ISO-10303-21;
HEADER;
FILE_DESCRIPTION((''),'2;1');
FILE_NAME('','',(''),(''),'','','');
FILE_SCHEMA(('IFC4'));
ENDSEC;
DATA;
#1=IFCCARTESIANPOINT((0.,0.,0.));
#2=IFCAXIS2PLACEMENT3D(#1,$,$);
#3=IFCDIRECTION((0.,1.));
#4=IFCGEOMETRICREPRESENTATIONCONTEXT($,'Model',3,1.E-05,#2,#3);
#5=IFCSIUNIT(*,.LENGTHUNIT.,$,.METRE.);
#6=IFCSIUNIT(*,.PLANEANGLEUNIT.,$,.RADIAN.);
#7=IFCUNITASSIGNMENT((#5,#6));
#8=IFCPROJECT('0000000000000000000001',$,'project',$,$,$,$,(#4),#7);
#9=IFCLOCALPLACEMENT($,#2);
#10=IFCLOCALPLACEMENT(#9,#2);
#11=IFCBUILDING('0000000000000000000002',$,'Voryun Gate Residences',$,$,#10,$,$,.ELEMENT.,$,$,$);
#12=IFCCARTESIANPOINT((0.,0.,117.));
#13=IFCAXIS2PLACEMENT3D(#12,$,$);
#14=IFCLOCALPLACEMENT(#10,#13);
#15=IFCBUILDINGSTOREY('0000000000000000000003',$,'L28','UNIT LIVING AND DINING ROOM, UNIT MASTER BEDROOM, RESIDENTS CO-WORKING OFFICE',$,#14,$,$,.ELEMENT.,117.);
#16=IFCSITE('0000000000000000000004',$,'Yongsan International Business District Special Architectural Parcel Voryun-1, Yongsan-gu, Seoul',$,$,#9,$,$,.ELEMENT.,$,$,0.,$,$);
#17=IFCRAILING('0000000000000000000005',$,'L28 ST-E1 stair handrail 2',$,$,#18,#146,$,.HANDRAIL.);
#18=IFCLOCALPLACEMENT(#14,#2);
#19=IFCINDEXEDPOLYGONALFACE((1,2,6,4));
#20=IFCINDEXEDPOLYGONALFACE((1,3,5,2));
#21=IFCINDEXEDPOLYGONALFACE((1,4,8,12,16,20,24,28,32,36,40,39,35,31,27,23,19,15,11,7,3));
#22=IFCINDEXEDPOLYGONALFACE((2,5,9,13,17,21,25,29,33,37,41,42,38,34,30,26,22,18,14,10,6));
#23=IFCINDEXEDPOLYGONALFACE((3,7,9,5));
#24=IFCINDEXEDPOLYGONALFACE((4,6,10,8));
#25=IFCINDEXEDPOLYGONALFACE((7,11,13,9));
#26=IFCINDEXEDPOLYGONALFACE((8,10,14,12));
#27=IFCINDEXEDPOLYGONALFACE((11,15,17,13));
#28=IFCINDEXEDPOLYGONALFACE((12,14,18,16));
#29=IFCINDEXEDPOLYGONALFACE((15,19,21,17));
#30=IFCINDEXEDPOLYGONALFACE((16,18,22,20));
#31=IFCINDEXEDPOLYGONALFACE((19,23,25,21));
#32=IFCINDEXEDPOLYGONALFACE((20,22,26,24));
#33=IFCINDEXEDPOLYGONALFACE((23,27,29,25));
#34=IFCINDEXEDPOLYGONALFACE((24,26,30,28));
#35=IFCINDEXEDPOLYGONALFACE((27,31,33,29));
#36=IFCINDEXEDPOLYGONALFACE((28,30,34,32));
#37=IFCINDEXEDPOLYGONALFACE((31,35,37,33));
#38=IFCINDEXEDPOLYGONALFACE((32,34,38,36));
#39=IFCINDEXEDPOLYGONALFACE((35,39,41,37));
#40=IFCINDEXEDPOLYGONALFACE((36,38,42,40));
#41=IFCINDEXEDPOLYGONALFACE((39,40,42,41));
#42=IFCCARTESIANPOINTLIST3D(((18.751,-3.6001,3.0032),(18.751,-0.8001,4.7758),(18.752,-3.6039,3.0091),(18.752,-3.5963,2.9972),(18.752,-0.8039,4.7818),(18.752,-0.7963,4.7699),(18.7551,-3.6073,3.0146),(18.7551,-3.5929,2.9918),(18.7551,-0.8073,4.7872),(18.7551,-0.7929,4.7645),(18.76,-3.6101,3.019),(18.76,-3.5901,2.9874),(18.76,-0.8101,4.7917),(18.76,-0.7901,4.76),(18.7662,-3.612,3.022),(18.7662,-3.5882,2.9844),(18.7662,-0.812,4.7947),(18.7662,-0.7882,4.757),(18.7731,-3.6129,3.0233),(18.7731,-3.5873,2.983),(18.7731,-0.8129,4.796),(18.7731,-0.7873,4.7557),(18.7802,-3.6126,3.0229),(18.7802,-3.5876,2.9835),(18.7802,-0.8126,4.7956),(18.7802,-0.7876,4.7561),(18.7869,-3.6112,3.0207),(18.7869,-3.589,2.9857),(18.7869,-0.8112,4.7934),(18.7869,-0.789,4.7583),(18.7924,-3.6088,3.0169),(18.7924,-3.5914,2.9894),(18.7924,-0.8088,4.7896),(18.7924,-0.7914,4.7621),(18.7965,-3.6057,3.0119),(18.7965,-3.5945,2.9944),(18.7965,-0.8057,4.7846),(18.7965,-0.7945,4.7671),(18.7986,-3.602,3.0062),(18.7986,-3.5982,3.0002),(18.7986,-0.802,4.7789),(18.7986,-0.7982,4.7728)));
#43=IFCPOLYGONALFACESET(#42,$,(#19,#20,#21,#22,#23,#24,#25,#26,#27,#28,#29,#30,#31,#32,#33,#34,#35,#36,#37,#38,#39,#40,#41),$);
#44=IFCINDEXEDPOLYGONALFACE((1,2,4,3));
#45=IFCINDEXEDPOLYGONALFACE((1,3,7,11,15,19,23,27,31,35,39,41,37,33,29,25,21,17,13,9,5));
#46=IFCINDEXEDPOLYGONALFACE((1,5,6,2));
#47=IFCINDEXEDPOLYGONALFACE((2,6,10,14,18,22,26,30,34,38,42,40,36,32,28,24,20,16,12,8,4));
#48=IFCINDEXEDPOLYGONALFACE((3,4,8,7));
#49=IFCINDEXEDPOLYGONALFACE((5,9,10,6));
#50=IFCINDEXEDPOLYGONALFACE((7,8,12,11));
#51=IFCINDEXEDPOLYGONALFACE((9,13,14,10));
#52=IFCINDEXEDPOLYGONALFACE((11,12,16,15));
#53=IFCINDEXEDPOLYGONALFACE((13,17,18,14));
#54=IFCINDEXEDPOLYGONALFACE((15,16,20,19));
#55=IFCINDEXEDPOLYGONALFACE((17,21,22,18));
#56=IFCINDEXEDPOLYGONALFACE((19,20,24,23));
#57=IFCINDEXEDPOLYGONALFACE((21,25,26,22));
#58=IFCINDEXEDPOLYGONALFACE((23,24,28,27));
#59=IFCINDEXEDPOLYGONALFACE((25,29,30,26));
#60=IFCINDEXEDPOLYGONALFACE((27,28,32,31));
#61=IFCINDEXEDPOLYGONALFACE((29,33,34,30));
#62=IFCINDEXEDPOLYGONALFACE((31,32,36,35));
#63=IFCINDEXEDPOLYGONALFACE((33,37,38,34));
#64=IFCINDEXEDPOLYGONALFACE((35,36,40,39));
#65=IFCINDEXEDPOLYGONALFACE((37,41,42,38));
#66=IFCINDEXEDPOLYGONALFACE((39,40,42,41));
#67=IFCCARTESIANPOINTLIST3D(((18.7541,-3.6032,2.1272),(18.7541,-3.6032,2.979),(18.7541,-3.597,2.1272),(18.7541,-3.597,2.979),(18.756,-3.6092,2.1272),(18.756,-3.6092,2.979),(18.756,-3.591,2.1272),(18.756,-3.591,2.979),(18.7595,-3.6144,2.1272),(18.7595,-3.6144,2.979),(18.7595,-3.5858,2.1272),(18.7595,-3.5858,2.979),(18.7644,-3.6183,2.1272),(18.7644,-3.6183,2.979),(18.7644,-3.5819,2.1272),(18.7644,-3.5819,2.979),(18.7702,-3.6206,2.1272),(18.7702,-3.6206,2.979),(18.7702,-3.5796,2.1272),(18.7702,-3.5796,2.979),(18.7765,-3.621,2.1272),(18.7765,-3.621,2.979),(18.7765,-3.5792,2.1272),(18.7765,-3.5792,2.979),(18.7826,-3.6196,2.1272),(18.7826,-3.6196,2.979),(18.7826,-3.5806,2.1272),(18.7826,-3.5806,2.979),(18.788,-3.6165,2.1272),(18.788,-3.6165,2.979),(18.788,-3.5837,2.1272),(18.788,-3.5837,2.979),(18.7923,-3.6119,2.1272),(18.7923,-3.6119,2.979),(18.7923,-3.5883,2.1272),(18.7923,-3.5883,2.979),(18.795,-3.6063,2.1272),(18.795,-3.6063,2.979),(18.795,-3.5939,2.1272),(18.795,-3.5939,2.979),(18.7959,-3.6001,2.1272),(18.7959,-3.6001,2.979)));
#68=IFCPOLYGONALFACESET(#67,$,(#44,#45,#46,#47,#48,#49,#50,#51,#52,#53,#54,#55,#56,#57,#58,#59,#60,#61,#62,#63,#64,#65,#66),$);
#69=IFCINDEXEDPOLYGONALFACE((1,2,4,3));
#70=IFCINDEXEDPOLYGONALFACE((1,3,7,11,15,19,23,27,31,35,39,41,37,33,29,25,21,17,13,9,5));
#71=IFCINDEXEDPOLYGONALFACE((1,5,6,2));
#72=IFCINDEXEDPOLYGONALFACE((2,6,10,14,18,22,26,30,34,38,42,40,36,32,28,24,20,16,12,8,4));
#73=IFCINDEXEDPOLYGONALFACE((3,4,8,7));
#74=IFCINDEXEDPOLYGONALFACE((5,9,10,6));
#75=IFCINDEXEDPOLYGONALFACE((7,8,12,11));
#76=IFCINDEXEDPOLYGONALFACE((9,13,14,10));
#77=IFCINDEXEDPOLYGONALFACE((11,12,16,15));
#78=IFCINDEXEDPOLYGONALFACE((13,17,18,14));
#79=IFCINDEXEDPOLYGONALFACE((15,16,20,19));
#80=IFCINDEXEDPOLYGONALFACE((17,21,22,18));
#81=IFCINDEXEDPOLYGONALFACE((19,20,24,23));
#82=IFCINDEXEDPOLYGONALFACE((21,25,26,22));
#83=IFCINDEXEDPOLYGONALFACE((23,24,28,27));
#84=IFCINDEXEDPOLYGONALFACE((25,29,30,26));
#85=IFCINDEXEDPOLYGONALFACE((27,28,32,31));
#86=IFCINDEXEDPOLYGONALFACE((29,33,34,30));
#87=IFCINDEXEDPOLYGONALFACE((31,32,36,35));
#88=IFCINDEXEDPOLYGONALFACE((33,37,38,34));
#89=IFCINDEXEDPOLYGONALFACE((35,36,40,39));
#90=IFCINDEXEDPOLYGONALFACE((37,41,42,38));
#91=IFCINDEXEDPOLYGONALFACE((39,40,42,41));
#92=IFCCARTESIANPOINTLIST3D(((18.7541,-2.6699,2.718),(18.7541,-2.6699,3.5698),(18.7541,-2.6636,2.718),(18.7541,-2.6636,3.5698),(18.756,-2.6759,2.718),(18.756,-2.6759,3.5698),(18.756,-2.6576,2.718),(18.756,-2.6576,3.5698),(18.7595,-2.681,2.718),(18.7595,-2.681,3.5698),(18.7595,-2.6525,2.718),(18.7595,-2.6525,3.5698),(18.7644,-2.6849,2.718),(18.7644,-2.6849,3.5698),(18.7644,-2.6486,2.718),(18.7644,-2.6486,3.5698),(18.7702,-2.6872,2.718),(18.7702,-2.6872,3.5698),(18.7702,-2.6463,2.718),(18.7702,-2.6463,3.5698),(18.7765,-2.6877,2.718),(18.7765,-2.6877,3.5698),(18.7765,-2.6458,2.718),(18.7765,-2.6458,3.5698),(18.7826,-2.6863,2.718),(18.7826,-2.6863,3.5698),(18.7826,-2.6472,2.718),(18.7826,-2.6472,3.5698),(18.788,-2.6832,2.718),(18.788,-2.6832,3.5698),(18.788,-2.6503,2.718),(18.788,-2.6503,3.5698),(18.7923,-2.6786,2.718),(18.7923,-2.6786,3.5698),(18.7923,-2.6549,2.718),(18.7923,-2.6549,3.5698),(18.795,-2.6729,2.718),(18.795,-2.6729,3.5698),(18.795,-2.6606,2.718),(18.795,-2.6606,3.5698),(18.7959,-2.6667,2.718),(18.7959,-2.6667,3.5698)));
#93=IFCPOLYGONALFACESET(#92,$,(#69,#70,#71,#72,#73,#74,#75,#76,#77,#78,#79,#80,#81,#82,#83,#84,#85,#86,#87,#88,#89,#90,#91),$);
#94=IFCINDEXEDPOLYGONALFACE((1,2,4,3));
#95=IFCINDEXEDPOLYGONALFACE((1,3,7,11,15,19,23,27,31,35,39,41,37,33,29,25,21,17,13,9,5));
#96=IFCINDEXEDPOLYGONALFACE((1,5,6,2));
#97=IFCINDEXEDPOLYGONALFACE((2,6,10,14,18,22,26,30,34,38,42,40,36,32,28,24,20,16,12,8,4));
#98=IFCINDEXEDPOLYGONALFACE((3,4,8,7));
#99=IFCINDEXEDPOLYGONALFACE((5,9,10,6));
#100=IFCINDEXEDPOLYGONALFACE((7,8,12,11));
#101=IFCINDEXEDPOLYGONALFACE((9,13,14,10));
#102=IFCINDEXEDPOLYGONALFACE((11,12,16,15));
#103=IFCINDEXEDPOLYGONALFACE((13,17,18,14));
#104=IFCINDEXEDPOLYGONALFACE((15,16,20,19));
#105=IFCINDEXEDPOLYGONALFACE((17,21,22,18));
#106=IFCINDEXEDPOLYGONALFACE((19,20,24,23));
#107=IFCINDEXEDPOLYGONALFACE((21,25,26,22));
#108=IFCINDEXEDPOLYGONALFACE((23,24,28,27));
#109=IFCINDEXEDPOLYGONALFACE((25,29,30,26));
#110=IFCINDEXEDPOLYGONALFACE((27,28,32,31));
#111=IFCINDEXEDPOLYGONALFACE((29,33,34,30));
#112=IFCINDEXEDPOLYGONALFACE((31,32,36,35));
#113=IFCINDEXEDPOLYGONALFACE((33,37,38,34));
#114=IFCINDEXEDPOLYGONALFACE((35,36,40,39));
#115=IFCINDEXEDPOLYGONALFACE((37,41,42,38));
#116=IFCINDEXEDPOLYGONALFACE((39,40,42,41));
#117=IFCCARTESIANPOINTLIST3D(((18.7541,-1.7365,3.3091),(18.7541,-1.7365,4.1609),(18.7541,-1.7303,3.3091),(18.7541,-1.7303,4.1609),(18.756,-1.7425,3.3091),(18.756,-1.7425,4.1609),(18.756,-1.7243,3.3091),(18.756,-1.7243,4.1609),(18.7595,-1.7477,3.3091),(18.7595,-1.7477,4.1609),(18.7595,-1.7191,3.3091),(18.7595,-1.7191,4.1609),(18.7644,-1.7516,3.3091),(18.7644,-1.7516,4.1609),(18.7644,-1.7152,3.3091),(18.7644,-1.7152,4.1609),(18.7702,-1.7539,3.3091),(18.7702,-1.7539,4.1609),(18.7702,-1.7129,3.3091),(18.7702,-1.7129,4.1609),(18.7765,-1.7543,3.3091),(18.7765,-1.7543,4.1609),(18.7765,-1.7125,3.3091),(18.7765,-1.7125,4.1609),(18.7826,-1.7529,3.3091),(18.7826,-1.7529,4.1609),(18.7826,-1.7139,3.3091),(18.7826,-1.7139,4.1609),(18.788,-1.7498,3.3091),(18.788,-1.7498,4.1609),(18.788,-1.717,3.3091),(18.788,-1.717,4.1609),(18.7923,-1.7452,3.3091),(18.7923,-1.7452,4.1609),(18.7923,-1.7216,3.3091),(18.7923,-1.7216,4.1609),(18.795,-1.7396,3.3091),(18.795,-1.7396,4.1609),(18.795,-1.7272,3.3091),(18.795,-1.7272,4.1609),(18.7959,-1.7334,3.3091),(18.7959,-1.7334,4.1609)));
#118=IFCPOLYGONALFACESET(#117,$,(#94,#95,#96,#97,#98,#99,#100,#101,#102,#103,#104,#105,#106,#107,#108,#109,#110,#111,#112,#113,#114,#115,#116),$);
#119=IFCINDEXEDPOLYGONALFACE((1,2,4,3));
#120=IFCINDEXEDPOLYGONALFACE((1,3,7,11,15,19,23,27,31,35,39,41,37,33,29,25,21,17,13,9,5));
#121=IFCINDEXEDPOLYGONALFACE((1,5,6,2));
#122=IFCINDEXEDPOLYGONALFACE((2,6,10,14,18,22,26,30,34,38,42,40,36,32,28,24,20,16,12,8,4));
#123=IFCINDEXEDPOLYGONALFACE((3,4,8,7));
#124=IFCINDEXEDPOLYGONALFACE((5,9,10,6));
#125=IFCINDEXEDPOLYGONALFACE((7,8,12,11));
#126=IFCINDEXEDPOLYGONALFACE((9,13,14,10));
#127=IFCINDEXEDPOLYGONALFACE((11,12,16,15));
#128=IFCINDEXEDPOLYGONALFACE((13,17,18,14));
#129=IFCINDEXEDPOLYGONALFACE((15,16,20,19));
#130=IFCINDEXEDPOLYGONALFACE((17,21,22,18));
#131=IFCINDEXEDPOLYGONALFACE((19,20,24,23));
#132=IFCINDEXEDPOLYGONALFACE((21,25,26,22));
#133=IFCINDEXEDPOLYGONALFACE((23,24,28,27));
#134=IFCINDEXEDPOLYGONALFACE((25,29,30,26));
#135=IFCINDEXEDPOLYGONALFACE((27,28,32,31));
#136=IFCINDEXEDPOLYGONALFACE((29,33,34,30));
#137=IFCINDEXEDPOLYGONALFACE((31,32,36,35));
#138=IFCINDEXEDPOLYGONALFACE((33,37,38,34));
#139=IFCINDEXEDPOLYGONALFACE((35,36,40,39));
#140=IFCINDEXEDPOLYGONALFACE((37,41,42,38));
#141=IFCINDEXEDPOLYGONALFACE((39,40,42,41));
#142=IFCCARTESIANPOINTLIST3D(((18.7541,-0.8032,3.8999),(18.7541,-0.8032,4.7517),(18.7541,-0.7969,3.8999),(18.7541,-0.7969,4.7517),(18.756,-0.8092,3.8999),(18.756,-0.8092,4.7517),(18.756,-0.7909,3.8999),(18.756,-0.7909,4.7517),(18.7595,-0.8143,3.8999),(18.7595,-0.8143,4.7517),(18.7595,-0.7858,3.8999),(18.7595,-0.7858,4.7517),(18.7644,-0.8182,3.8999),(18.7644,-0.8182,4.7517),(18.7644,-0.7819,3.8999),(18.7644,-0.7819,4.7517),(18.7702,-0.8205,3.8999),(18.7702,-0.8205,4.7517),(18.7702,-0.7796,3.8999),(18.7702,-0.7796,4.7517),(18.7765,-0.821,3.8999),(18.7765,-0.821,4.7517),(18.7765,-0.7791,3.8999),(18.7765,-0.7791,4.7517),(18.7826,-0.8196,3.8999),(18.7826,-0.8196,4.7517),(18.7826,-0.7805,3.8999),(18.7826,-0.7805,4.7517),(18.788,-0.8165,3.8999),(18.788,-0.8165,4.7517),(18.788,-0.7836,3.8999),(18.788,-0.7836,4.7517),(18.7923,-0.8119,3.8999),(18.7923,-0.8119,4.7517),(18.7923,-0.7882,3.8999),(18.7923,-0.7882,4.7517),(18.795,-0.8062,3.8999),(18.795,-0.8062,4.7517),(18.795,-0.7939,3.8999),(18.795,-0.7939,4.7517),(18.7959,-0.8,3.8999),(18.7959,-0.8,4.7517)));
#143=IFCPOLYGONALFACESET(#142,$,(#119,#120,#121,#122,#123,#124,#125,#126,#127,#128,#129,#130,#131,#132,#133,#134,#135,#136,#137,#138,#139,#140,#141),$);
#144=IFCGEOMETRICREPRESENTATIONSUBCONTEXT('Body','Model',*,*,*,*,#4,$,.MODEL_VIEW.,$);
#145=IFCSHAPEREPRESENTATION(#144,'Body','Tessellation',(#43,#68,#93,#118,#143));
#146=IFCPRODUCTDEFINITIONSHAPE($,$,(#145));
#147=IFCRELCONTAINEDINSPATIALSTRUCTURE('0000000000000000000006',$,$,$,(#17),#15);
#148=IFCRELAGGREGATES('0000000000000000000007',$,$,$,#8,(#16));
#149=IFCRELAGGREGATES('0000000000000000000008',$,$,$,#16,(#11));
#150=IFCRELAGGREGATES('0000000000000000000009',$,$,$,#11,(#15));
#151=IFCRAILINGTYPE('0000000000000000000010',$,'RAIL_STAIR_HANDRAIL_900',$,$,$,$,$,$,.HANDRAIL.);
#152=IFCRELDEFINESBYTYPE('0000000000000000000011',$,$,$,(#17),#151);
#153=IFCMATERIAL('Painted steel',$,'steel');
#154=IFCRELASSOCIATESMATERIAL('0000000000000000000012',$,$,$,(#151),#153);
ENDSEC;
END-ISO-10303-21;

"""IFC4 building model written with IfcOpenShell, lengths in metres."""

from ifc_helpers import new_model, si_unit, direction, frame, origin, origin_2d, place, context, subcontext, project, spatial, circle, extrude, material, type_object, element, save


model = new_model("IFC4")

# Units and contexts
model_context = context("Model", 3, precision=1e-05, world=origin(), true_north=direction((0.0, 1.0)))
body_context = subcontext(model_context, "Body", "Model", "MODEL_VIEW")
ifc_project = project(units=[si_unit("LENGTHUNIT", "METRE"), si_unit("PLANEANGLEUNIT", "RADIAN")], contexts=[model_context])

# Site, building, storey
site_placement = place(None, origin())
site = spatial("IfcSite", under=ifc_project, at=site_placement, Name="Yongsan International Business District Special Architectural Parcel Voryun-1, Yongsan-gu, Seoul", CompositionType="ELEMENT", RefElevation=0.0)
building_placement = place(site_placement, origin())
building = spatial("IfcBuilding", under=site, at=building_placement, Name="Voryun Gate Residences", CompositionType="ELEMENT")
storey_placement = place(building_placement, frame((0.0, 0.0, 117.0)))
storey = spatial("IfcBuildingStorey", under=building, at=storey_placement, Name="L28", Description="UNIT LIVING AND DINING ROOM, UNIT MASTER BEDROOM, RESIDENTS CO-WORKING OFFICE", CompositionType="ELEMENT", Elevation=117.0)

# Railing
ifc_material_1 = material(Name="Painted steel", Category="steel")
railing_type_1 = type_object("IfcRailingType", Name="RAIL_STAIR_HANDRAIL_900", PredefinedType="HANDRAIL", material=ifc_material_1)
railing_1_placement = place(storey_placement, frame((18.7749, -3.6001, 2.1272)))
element("IfcRailing", 1, at=railing_1_placement, inside=storey, type_object=railing_type_1, Name="L28 ST-E1 stair handrail 2", PredefinedType="HANDRAIL", context=body_context, shape_type="SweptSolid", body=[
    extrude(circle(Radius=0.0239, at=origin_2d()), frame((0.0, 0.0, 0.876), z_axis=(0.0, 0.844909, 0.53491), x_axis=(-1.0, 0.0, 0.0)), (0.0, 0.0, 1.0), 3.314),
    extrude(circle(Radius=0.021, at=origin_2d()), origin(), (0.0, 0.0, 1.0), 0.8518),
    extrude(circle(Radius=0.021, at=origin_2d()), frame((0.0, 0.9333, 0.5908)), (0.0, 0.0, 1.0), 0.8518),
    extrude(circle(Radius=0.021, at=origin_2d()), frame((0.0, 1.8667, 1.1819)), (0.0, 0.0, 1.0), 0.8518),
    extrude(circle(Radius=0.021, at=origin_2d()), frame((0.0, 2.8, 1.7727)), (0.0, 0.0, 1.0), 0.8518),
])

save(model, "model.ifc")
